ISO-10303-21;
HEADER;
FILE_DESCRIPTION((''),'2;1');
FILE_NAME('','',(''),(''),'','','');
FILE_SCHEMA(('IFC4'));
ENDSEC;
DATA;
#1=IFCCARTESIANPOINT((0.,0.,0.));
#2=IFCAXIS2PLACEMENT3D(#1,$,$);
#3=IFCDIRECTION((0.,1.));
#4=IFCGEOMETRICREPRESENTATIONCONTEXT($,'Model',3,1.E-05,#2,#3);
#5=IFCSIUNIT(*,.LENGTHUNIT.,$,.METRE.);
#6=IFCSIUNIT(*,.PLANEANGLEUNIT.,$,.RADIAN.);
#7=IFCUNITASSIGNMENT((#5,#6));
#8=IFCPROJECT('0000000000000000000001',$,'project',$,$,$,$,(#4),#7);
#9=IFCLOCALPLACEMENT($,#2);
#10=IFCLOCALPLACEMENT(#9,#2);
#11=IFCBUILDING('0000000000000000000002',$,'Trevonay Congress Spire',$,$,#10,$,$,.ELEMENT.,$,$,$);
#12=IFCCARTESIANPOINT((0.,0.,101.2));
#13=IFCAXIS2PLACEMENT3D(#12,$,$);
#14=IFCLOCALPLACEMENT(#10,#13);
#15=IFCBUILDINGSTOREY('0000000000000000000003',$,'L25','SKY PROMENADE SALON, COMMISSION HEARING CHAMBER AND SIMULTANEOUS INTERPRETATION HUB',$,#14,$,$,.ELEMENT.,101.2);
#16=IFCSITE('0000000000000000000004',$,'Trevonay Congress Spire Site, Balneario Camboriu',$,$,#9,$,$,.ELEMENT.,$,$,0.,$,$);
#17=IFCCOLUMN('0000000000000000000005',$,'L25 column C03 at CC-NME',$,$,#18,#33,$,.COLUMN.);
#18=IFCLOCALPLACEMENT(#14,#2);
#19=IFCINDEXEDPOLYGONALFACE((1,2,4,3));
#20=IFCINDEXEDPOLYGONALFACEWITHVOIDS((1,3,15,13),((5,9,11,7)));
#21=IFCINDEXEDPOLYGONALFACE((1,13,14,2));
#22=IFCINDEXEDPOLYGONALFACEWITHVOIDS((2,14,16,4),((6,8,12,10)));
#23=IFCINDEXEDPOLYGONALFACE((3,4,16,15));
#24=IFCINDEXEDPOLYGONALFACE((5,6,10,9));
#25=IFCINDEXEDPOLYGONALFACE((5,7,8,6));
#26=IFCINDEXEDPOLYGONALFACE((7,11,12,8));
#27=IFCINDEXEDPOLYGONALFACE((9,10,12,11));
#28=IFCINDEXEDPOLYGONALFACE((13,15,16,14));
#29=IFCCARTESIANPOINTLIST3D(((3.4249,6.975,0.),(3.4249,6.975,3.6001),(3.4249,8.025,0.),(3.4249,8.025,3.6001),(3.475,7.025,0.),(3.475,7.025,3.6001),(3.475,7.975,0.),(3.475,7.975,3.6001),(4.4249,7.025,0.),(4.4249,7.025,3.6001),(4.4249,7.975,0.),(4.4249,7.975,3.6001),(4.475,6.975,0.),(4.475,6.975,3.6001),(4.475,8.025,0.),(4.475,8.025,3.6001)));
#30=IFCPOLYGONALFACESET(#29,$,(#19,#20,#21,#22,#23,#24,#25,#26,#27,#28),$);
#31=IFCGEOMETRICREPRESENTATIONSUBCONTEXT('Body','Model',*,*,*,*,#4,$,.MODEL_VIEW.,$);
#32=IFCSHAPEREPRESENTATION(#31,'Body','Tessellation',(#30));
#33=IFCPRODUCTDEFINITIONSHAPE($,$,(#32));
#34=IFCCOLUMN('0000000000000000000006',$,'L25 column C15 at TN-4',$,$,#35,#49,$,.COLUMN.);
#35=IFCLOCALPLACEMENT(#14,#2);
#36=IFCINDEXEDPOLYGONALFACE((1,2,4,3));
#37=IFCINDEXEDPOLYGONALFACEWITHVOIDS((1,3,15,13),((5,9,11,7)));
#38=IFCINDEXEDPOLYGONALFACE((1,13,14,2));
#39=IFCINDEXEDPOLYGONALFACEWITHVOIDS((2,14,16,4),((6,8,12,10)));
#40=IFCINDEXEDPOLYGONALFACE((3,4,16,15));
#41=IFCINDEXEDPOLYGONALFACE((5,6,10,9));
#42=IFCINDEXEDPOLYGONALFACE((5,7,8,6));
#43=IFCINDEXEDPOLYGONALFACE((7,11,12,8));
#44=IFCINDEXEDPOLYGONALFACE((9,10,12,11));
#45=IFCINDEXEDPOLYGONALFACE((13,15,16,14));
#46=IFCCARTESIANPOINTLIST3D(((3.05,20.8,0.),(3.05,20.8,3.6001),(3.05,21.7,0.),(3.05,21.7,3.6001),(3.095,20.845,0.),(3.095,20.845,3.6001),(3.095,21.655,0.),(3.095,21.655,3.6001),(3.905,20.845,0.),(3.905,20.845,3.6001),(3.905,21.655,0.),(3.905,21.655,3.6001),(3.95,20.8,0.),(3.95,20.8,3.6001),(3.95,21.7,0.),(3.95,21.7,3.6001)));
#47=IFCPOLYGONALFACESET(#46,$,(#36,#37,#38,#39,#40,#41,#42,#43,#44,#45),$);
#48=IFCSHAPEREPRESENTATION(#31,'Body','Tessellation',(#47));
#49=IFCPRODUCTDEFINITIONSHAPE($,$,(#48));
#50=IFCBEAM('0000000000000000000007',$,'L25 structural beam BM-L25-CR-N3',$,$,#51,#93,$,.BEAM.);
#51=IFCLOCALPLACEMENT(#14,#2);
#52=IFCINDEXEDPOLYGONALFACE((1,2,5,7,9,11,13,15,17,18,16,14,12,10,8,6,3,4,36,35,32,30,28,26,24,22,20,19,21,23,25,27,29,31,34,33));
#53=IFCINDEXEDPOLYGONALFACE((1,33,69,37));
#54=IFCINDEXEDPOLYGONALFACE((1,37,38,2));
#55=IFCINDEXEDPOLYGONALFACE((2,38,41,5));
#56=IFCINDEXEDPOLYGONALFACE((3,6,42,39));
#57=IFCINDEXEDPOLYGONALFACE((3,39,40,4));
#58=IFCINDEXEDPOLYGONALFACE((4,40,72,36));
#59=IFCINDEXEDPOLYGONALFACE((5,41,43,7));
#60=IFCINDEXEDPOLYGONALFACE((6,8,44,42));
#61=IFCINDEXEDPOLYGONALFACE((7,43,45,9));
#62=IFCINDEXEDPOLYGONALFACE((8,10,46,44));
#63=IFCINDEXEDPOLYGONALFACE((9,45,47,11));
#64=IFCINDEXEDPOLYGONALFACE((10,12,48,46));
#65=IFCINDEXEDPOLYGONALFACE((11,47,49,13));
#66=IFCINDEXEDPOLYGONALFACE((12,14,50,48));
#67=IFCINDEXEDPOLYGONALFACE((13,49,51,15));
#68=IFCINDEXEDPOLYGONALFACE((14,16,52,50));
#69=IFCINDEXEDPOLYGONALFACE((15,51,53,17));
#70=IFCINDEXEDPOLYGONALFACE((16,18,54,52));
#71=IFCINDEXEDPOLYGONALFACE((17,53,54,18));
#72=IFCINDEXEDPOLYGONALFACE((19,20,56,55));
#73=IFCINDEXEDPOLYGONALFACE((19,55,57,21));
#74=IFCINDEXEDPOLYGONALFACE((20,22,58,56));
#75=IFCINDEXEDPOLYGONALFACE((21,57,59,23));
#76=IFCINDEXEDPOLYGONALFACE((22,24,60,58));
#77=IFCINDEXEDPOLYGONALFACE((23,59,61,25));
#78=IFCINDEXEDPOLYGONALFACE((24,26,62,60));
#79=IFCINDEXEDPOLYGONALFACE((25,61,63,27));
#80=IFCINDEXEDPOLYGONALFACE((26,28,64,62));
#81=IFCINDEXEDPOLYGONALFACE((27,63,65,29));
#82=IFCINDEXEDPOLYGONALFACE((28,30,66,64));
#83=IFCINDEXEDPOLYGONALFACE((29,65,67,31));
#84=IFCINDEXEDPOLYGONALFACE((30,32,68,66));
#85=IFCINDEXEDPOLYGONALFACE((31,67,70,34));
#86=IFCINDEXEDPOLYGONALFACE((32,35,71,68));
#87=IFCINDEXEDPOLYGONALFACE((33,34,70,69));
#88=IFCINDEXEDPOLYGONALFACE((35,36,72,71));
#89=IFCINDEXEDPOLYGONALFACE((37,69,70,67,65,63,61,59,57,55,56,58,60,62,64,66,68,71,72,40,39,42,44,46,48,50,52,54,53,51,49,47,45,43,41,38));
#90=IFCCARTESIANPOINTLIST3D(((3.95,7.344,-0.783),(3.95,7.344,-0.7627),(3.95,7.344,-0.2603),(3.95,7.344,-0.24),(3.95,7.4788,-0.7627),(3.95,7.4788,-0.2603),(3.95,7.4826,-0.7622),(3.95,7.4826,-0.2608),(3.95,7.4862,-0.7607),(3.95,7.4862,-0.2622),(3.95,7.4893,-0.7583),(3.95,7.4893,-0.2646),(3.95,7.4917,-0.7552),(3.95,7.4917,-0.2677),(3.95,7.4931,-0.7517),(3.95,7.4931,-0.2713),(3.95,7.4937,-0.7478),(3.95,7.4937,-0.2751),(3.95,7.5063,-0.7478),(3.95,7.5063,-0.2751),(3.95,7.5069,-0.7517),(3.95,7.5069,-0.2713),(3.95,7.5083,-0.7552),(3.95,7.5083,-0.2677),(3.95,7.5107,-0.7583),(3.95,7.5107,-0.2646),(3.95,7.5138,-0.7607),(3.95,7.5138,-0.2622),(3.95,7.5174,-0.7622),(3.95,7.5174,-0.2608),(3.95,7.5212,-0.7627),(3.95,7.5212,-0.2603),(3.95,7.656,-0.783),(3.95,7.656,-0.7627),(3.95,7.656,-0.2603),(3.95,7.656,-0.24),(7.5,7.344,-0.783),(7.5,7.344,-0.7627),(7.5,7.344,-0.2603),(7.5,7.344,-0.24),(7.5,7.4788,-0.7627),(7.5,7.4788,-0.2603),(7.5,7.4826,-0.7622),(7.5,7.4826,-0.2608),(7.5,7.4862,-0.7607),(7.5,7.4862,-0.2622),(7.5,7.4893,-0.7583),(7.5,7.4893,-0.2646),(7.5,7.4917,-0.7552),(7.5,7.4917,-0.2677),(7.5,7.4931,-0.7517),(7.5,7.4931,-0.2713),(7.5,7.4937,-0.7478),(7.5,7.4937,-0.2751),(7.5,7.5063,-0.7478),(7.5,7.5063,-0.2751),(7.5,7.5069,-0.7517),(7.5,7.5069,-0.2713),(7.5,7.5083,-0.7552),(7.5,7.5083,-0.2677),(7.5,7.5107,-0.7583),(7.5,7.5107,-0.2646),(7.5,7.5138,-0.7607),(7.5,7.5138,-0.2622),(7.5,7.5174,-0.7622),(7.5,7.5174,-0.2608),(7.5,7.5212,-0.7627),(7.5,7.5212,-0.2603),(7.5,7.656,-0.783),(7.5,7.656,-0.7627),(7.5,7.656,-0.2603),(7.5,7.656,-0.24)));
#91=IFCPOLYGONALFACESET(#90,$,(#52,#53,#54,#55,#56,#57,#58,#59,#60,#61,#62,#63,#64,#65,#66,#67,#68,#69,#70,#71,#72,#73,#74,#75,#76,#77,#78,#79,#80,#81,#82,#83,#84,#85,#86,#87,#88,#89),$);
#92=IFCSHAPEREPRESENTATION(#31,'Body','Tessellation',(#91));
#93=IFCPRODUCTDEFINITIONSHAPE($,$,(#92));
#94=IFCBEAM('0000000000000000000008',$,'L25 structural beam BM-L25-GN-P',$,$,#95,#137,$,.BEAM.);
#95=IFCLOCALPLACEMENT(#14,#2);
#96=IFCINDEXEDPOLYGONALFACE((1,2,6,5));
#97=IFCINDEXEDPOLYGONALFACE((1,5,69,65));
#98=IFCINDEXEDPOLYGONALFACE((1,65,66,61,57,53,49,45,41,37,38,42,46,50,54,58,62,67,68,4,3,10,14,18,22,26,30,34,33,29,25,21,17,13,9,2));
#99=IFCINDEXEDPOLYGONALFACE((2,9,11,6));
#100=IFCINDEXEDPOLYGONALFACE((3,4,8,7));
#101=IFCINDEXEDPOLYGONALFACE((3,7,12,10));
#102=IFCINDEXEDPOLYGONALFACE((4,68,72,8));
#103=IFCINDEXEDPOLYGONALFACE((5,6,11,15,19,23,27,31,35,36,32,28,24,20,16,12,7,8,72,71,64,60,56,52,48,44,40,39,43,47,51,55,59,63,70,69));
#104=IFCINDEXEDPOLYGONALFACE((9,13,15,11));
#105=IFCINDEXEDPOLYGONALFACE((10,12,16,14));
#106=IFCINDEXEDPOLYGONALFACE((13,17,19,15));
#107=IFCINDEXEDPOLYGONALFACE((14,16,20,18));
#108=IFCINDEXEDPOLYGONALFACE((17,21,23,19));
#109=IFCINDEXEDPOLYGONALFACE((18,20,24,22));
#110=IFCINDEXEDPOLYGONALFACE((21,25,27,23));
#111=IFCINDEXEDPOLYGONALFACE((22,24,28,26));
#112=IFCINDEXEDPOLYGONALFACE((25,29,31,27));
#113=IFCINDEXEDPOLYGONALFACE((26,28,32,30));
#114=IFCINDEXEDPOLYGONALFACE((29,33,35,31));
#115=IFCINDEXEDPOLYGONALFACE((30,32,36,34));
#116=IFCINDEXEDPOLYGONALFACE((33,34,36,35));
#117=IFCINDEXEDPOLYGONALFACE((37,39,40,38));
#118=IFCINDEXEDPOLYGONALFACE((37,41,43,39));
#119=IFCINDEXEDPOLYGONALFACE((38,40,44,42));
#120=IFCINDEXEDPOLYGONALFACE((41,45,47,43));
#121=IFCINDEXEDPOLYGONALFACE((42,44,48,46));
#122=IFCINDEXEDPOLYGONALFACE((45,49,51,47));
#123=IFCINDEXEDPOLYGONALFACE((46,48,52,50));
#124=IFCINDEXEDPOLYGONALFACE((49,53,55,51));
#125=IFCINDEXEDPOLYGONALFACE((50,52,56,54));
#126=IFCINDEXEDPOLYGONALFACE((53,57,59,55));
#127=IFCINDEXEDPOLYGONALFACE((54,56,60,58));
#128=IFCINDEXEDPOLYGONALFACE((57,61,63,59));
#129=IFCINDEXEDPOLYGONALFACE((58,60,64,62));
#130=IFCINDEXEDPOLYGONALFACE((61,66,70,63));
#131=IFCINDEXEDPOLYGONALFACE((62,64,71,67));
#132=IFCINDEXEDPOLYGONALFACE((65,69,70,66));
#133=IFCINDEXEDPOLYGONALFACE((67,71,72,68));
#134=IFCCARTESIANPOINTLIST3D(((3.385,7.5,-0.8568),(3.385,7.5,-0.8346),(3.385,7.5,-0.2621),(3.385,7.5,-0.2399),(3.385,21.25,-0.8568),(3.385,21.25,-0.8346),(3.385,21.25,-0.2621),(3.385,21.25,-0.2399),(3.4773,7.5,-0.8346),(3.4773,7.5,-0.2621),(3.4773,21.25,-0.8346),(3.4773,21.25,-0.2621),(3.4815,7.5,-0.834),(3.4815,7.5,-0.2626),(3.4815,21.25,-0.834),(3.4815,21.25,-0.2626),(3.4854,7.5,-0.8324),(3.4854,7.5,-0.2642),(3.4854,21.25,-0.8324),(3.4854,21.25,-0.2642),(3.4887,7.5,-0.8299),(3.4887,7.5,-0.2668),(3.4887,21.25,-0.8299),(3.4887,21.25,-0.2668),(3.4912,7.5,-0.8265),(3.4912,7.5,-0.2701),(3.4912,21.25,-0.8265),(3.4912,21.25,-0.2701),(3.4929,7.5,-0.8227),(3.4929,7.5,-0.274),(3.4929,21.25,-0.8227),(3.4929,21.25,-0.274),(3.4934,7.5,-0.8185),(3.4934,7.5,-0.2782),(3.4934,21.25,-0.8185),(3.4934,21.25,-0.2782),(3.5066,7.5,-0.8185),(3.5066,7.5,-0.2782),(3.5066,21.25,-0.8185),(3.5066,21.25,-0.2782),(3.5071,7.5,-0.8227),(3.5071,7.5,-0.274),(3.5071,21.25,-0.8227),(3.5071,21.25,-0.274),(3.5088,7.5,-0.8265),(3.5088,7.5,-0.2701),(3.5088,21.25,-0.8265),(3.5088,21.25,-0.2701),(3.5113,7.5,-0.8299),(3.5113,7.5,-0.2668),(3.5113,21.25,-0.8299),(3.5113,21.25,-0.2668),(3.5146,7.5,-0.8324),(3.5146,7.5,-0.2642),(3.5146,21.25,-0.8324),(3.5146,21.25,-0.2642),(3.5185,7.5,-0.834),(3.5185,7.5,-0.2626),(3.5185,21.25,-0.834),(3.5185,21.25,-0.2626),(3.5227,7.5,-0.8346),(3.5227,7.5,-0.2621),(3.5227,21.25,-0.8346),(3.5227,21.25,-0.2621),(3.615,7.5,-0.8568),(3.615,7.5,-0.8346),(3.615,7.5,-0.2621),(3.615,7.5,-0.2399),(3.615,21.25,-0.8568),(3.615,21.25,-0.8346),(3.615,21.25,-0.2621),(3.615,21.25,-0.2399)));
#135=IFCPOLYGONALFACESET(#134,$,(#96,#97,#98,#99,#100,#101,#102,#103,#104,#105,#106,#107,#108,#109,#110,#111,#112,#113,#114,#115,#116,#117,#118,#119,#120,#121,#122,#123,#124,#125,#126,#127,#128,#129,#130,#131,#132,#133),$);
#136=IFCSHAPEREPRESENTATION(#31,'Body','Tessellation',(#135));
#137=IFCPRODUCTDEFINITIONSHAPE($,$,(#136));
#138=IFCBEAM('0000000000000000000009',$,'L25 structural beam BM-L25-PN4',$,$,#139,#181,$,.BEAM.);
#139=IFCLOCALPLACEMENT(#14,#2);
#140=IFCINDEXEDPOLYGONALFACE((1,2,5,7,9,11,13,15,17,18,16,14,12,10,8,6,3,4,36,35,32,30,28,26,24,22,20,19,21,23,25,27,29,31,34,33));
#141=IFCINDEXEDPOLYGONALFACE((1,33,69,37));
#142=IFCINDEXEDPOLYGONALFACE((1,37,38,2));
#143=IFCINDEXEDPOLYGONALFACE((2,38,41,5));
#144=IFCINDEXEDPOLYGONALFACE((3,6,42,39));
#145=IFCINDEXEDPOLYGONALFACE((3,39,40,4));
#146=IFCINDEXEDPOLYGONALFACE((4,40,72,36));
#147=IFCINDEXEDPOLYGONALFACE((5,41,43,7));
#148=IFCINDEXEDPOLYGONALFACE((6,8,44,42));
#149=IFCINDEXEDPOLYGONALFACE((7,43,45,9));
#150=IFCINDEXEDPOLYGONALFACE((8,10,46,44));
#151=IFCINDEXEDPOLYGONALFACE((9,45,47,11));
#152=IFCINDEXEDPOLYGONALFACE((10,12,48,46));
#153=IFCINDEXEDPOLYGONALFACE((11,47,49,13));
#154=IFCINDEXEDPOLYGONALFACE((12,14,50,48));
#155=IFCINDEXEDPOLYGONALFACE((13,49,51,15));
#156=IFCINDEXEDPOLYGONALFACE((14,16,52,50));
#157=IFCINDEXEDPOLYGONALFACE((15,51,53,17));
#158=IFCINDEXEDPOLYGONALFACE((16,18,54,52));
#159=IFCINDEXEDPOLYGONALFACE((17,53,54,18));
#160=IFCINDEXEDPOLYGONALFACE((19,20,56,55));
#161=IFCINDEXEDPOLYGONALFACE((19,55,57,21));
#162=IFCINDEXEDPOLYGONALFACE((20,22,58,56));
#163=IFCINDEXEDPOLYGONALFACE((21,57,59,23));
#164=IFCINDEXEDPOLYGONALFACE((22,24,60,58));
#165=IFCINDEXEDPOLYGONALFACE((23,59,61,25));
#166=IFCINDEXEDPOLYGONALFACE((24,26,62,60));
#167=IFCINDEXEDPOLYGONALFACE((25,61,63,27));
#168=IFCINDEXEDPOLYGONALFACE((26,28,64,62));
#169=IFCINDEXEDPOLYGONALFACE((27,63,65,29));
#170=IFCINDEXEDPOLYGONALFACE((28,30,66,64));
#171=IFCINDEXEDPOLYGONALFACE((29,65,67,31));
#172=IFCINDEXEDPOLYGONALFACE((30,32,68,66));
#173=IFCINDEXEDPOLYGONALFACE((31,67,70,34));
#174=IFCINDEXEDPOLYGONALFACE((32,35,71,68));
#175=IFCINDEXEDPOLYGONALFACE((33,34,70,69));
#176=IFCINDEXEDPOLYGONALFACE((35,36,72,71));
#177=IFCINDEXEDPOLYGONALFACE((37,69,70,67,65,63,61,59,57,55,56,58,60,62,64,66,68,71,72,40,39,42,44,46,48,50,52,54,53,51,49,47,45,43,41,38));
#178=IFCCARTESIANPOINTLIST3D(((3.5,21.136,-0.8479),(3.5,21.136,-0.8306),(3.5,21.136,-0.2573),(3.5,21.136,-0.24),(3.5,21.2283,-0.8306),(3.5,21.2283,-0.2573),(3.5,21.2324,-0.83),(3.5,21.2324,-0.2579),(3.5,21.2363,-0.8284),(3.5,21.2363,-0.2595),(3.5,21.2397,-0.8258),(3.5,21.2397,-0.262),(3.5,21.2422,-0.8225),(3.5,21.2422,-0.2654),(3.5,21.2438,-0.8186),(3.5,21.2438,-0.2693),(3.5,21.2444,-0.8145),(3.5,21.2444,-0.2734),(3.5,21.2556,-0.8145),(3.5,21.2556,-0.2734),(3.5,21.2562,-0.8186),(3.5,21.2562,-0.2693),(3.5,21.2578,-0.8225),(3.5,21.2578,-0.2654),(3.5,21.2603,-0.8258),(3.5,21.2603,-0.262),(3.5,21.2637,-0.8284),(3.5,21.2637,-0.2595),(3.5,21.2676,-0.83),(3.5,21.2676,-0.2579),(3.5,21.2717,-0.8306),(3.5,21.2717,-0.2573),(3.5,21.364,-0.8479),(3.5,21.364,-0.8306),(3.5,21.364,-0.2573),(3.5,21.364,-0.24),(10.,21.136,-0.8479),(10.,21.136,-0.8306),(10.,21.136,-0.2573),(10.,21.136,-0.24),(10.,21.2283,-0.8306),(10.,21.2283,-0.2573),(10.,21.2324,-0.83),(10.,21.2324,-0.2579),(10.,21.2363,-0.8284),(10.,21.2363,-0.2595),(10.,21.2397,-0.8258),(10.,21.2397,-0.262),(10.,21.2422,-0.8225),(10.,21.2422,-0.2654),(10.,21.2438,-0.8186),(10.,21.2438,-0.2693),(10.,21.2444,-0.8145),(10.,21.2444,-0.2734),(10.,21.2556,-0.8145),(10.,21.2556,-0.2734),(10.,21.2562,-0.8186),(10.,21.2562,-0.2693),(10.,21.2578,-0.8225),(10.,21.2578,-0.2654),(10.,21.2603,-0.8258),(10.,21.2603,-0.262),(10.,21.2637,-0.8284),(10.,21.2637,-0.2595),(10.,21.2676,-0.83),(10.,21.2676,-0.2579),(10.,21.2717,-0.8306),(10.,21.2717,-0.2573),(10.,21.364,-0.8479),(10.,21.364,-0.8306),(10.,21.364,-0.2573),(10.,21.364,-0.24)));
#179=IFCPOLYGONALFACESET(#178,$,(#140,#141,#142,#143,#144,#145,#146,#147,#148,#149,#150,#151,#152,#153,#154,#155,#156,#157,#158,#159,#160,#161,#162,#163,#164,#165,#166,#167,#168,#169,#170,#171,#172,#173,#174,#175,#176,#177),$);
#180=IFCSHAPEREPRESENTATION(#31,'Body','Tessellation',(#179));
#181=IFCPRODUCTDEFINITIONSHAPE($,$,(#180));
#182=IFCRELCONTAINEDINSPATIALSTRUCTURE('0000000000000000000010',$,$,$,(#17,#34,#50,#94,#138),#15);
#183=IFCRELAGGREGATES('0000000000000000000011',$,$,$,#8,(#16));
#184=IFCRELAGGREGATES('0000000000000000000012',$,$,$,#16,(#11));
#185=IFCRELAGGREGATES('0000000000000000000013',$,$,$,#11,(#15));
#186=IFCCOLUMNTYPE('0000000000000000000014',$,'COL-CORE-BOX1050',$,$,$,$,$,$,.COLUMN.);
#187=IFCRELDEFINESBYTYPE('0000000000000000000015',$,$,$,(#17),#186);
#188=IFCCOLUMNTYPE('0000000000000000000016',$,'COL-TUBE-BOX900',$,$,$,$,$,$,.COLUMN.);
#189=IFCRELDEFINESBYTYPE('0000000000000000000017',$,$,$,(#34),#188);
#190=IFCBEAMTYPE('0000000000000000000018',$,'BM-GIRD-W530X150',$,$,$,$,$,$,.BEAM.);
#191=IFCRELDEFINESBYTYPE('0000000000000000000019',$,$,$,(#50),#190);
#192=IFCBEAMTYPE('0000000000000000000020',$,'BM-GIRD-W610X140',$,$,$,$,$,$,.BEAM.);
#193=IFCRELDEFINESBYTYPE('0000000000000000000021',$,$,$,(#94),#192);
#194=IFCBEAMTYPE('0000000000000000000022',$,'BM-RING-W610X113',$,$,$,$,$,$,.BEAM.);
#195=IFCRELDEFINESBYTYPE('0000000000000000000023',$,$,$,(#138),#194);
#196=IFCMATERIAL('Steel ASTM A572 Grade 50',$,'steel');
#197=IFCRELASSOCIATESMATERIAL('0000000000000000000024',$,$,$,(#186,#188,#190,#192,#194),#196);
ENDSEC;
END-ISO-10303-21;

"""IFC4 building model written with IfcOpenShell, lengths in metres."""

from ifc_helpers import new_model, si_unit, direction, frame, origin, origin_2d, place, context, subcontext, project, spatial, hollow_rectangle, i_section, extrude, material, material_profile, profile_set, type_object, element, save


model = new_model("IFC4")

# Units and contexts
model_context = context("Model", 3, precision=1e-05, world=origin(), true_north=direction((0.0, 1.0)))
body_context = subcontext(model_context, "Body", "Model", "MODEL_VIEW")
ifc_project = project(units=[si_unit("LENGTHUNIT", "METRE"), si_unit("PLANEANGLEUNIT", "RADIAN")], contexts=[model_context])

# Site, building, storey
site_placement = place(None, origin())
site = spatial("IfcSite", under=ifc_project, at=site_placement, Name="Trevonay Congress Spire Site, Balneario Camboriu", CompositionType="ELEMENT", RefElevation=0.0)
building_placement = place(site_placement, origin())
building = spatial("IfcBuilding", under=site, at=building_placement, Name="Trevonay Congress Spire", CompositionType="ELEMENT")
storey_placement = place(building_placement, frame((0.0, 0.0, 101.2)))
storey = spatial("IfcBuildingStorey", under=building, at=storey_placement, Name="L25", Description="SKY PROMENADE SALON, COMMISSION HEARING CHAMBER AND SIMULTANEOUS INTERPRETATION HUB", CompositionType="ELEMENT", Elevation=101.2)

# Columns
ifc_material_1 = material(Name="Steel ASTM A572 Grade 50", Category="steel")
ifc_material_profile_1 = material_profile(ifc_material_1, hollow_rectangle(XDim=1.05, YDim=1.05, WallThickness=0.05, at=origin_2d()), Name="BOX 1050x1050x50")
ifc_profile_set_1 = profile_set([ifc_material_profile_1], Name="Steel ASTM A572 Grade 50")
column_type_1 = type_object("IfcColumnType", Name="COL-CORE-BOX1050", PredefinedType="COLUMN", material=ifc_profile_set_1)
column_1_placement = place(storey_placement, frame((3.95, 7.5, 0.0), z_axis=(0.0, 0.0, 1.0), x_axis=(1.0, 0.0, 0.0)))
element("IfcColumn", 1, at=column_1_placement, inside=storey, type_object=column_type_1, Name="L25 column C03 at CC-NME", PredefinedType="COLUMN", context=body_context, shape_type="SweptSolid", body=[
    extrude(hollow_rectangle(XDim=1.05, YDim=1.05, WallThickness=0.05, at=origin_2d()), origin(), (0.0, 0.0, 1.0), 3.6001),
])
ifc_material_profile_2 = material_profile(ifc_material_1, hollow_rectangle(XDim=0.8999, YDim=0.8999, WallThickness=0.0449, at=origin_2d()), Name="BOX 900x900x45")
ifc_profile_set_2 = profile_set([ifc_material_profile_2], Name="Steel ASTM A572 Grade 50")
column_type_2 = type_object("IfcColumnType", Name="COL-TUBE-BOX900", PredefinedType="COLUMN", material=ifc_profile_set_2)
column_2_placement = place(storey_placement, frame((3.5, 21.25, 0.0), z_axis=(0.0, 0.0, 1.0), x_axis=(1.0, 0.0, 0.0)))
element("IfcColumn", 2, at=column_2_placement, inside=storey, type_object=column_type_2, Name="L25 column C15 at TN-4", PredefinedType="COLUMN", context=body_context, shape_type="SweptSolid", body=[
    extrude(hollow_rectangle(XDim=0.8999, YDim=0.8999, WallThickness=0.0449, at=origin_2d()), origin(), (0.0, 0.0, 1.0), 3.6001),
])

# Beams
ifc_material_profile_3 = material_profile(ifc_material_1, i_section(OverallWidth=0.312, OverallDepth=0.543, WebThickness=0.0127, FlangeThickness=0.0203, FilletRadius=0.0149, at=origin_2d()), Name="W530x150")
ifc_profile_set_3 = profile_set([ifc_material_profile_3], Name="Steel ASTM A572 Grade 50")
beam_type_1 = type_object("IfcBeamType", Name="BM-GIRD-W530X150", PredefinedType="BEAM", material=ifc_profile_set_3)
beam_1_placement = place(storey_placement, frame((3.95, 7.5, -0.5115), z_axis=(1.0, 0.0, 0.0), x_axis=(0.0, 1.0, 0.0)))
element("IfcBeam", 3, at=beam_1_placement, inside=storey, type_object=beam_type_1, Name="L25 structural beam BM-L25-CR-N3", PredefinedType="BEAM", context=body_context, shape_type="SweptSolid", body=[
    extrude(i_section(OverallWidth=0.312, OverallDepth=0.543, WebThickness=0.0127, FlangeThickness=0.0203, FilletRadius=0.0149, at=origin_2d()), origin(), (0.0, 0.0, 1.0), 3.55),
])
ifc_material_profile_4 = material_profile(ifc_material_1, i_section(OverallWidth=0.23, OverallDepth=0.6169, WebThickness=0.0132, FlangeThickness=0.0222, FilletRadius=0.0161, at=origin_2d()), Name="W610x140")
ifc_profile_set_4 = profile_set([ifc_material_profile_4], Name="Steel ASTM A572 Grade 50")
beam_type_2 = type_object("IfcBeamType", Name="BM-GIRD-W610X140", PredefinedType="BEAM", material=ifc_profile_set_4)
beam_2_placement = place(storey_placement, frame((3.5, 7.5, -0.5483), z_axis=(0.0, 1.0, 0.0), x_axis=(-1.0, 0.0, 0.0)))
element("IfcBeam", 4, at=beam_2_placement, inside=storey, type_object=beam_type_2, Name="L25 structural beam BM-L25-GN-P", PredefinedType="BEAM", context=body_context, shape_type="SweptSolid", body=[
    extrude(i_section(OverallWidth=0.23, OverallDepth=0.6169, WebThickness=0.0132, FlangeThickness=0.0222, FilletRadius=0.0161, at=origin_2d()), origin(), (0.0, 0.0, 1.0), 13.75),
])
ifc_material_profile_5 = material_profile(ifc_material_1, i_section(OverallWidth=0.228, OverallDepth=0.6079, WebThickness=0.0112, FlangeThickness=0.0173, FilletRadius=0.0161, at=origin_2d()), Name="W610x113")
ifc_profile_set_5 = profile_set([ifc_material_profile_5], Name="Steel ASTM A572 Grade 50")
beam_type_3 = type_object("IfcBeamType", Name="BM-RING-W610X113", PredefinedType="BEAM", material=ifc_profile_set_5)
beam_3_placement = place(storey_placement, frame((3.5, 21.25, -0.5439), z_axis=(1.0, 0.0, 0.0), x_axis=(0.0, 1.0, 0.0)))
element("IfcBeam", 5, at=beam_3_placement, inside=storey, type_object=beam_type_3, Name="L25 structural beam BM-L25-PN4", PredefinedType="BEAM", context=body_context, shape_type="SweptSolid", body=[
    extrude(i_section(OverallWidth=0.228, OverallDepth=0.6079, WebThickness=0.0112, FlangeThickness=0.0173, FilletRadius=0.0161, at=origin_2d()), origin(), (0.0, 0.0, 1.0), 6.5),
])

save(model, "model.ifc")
